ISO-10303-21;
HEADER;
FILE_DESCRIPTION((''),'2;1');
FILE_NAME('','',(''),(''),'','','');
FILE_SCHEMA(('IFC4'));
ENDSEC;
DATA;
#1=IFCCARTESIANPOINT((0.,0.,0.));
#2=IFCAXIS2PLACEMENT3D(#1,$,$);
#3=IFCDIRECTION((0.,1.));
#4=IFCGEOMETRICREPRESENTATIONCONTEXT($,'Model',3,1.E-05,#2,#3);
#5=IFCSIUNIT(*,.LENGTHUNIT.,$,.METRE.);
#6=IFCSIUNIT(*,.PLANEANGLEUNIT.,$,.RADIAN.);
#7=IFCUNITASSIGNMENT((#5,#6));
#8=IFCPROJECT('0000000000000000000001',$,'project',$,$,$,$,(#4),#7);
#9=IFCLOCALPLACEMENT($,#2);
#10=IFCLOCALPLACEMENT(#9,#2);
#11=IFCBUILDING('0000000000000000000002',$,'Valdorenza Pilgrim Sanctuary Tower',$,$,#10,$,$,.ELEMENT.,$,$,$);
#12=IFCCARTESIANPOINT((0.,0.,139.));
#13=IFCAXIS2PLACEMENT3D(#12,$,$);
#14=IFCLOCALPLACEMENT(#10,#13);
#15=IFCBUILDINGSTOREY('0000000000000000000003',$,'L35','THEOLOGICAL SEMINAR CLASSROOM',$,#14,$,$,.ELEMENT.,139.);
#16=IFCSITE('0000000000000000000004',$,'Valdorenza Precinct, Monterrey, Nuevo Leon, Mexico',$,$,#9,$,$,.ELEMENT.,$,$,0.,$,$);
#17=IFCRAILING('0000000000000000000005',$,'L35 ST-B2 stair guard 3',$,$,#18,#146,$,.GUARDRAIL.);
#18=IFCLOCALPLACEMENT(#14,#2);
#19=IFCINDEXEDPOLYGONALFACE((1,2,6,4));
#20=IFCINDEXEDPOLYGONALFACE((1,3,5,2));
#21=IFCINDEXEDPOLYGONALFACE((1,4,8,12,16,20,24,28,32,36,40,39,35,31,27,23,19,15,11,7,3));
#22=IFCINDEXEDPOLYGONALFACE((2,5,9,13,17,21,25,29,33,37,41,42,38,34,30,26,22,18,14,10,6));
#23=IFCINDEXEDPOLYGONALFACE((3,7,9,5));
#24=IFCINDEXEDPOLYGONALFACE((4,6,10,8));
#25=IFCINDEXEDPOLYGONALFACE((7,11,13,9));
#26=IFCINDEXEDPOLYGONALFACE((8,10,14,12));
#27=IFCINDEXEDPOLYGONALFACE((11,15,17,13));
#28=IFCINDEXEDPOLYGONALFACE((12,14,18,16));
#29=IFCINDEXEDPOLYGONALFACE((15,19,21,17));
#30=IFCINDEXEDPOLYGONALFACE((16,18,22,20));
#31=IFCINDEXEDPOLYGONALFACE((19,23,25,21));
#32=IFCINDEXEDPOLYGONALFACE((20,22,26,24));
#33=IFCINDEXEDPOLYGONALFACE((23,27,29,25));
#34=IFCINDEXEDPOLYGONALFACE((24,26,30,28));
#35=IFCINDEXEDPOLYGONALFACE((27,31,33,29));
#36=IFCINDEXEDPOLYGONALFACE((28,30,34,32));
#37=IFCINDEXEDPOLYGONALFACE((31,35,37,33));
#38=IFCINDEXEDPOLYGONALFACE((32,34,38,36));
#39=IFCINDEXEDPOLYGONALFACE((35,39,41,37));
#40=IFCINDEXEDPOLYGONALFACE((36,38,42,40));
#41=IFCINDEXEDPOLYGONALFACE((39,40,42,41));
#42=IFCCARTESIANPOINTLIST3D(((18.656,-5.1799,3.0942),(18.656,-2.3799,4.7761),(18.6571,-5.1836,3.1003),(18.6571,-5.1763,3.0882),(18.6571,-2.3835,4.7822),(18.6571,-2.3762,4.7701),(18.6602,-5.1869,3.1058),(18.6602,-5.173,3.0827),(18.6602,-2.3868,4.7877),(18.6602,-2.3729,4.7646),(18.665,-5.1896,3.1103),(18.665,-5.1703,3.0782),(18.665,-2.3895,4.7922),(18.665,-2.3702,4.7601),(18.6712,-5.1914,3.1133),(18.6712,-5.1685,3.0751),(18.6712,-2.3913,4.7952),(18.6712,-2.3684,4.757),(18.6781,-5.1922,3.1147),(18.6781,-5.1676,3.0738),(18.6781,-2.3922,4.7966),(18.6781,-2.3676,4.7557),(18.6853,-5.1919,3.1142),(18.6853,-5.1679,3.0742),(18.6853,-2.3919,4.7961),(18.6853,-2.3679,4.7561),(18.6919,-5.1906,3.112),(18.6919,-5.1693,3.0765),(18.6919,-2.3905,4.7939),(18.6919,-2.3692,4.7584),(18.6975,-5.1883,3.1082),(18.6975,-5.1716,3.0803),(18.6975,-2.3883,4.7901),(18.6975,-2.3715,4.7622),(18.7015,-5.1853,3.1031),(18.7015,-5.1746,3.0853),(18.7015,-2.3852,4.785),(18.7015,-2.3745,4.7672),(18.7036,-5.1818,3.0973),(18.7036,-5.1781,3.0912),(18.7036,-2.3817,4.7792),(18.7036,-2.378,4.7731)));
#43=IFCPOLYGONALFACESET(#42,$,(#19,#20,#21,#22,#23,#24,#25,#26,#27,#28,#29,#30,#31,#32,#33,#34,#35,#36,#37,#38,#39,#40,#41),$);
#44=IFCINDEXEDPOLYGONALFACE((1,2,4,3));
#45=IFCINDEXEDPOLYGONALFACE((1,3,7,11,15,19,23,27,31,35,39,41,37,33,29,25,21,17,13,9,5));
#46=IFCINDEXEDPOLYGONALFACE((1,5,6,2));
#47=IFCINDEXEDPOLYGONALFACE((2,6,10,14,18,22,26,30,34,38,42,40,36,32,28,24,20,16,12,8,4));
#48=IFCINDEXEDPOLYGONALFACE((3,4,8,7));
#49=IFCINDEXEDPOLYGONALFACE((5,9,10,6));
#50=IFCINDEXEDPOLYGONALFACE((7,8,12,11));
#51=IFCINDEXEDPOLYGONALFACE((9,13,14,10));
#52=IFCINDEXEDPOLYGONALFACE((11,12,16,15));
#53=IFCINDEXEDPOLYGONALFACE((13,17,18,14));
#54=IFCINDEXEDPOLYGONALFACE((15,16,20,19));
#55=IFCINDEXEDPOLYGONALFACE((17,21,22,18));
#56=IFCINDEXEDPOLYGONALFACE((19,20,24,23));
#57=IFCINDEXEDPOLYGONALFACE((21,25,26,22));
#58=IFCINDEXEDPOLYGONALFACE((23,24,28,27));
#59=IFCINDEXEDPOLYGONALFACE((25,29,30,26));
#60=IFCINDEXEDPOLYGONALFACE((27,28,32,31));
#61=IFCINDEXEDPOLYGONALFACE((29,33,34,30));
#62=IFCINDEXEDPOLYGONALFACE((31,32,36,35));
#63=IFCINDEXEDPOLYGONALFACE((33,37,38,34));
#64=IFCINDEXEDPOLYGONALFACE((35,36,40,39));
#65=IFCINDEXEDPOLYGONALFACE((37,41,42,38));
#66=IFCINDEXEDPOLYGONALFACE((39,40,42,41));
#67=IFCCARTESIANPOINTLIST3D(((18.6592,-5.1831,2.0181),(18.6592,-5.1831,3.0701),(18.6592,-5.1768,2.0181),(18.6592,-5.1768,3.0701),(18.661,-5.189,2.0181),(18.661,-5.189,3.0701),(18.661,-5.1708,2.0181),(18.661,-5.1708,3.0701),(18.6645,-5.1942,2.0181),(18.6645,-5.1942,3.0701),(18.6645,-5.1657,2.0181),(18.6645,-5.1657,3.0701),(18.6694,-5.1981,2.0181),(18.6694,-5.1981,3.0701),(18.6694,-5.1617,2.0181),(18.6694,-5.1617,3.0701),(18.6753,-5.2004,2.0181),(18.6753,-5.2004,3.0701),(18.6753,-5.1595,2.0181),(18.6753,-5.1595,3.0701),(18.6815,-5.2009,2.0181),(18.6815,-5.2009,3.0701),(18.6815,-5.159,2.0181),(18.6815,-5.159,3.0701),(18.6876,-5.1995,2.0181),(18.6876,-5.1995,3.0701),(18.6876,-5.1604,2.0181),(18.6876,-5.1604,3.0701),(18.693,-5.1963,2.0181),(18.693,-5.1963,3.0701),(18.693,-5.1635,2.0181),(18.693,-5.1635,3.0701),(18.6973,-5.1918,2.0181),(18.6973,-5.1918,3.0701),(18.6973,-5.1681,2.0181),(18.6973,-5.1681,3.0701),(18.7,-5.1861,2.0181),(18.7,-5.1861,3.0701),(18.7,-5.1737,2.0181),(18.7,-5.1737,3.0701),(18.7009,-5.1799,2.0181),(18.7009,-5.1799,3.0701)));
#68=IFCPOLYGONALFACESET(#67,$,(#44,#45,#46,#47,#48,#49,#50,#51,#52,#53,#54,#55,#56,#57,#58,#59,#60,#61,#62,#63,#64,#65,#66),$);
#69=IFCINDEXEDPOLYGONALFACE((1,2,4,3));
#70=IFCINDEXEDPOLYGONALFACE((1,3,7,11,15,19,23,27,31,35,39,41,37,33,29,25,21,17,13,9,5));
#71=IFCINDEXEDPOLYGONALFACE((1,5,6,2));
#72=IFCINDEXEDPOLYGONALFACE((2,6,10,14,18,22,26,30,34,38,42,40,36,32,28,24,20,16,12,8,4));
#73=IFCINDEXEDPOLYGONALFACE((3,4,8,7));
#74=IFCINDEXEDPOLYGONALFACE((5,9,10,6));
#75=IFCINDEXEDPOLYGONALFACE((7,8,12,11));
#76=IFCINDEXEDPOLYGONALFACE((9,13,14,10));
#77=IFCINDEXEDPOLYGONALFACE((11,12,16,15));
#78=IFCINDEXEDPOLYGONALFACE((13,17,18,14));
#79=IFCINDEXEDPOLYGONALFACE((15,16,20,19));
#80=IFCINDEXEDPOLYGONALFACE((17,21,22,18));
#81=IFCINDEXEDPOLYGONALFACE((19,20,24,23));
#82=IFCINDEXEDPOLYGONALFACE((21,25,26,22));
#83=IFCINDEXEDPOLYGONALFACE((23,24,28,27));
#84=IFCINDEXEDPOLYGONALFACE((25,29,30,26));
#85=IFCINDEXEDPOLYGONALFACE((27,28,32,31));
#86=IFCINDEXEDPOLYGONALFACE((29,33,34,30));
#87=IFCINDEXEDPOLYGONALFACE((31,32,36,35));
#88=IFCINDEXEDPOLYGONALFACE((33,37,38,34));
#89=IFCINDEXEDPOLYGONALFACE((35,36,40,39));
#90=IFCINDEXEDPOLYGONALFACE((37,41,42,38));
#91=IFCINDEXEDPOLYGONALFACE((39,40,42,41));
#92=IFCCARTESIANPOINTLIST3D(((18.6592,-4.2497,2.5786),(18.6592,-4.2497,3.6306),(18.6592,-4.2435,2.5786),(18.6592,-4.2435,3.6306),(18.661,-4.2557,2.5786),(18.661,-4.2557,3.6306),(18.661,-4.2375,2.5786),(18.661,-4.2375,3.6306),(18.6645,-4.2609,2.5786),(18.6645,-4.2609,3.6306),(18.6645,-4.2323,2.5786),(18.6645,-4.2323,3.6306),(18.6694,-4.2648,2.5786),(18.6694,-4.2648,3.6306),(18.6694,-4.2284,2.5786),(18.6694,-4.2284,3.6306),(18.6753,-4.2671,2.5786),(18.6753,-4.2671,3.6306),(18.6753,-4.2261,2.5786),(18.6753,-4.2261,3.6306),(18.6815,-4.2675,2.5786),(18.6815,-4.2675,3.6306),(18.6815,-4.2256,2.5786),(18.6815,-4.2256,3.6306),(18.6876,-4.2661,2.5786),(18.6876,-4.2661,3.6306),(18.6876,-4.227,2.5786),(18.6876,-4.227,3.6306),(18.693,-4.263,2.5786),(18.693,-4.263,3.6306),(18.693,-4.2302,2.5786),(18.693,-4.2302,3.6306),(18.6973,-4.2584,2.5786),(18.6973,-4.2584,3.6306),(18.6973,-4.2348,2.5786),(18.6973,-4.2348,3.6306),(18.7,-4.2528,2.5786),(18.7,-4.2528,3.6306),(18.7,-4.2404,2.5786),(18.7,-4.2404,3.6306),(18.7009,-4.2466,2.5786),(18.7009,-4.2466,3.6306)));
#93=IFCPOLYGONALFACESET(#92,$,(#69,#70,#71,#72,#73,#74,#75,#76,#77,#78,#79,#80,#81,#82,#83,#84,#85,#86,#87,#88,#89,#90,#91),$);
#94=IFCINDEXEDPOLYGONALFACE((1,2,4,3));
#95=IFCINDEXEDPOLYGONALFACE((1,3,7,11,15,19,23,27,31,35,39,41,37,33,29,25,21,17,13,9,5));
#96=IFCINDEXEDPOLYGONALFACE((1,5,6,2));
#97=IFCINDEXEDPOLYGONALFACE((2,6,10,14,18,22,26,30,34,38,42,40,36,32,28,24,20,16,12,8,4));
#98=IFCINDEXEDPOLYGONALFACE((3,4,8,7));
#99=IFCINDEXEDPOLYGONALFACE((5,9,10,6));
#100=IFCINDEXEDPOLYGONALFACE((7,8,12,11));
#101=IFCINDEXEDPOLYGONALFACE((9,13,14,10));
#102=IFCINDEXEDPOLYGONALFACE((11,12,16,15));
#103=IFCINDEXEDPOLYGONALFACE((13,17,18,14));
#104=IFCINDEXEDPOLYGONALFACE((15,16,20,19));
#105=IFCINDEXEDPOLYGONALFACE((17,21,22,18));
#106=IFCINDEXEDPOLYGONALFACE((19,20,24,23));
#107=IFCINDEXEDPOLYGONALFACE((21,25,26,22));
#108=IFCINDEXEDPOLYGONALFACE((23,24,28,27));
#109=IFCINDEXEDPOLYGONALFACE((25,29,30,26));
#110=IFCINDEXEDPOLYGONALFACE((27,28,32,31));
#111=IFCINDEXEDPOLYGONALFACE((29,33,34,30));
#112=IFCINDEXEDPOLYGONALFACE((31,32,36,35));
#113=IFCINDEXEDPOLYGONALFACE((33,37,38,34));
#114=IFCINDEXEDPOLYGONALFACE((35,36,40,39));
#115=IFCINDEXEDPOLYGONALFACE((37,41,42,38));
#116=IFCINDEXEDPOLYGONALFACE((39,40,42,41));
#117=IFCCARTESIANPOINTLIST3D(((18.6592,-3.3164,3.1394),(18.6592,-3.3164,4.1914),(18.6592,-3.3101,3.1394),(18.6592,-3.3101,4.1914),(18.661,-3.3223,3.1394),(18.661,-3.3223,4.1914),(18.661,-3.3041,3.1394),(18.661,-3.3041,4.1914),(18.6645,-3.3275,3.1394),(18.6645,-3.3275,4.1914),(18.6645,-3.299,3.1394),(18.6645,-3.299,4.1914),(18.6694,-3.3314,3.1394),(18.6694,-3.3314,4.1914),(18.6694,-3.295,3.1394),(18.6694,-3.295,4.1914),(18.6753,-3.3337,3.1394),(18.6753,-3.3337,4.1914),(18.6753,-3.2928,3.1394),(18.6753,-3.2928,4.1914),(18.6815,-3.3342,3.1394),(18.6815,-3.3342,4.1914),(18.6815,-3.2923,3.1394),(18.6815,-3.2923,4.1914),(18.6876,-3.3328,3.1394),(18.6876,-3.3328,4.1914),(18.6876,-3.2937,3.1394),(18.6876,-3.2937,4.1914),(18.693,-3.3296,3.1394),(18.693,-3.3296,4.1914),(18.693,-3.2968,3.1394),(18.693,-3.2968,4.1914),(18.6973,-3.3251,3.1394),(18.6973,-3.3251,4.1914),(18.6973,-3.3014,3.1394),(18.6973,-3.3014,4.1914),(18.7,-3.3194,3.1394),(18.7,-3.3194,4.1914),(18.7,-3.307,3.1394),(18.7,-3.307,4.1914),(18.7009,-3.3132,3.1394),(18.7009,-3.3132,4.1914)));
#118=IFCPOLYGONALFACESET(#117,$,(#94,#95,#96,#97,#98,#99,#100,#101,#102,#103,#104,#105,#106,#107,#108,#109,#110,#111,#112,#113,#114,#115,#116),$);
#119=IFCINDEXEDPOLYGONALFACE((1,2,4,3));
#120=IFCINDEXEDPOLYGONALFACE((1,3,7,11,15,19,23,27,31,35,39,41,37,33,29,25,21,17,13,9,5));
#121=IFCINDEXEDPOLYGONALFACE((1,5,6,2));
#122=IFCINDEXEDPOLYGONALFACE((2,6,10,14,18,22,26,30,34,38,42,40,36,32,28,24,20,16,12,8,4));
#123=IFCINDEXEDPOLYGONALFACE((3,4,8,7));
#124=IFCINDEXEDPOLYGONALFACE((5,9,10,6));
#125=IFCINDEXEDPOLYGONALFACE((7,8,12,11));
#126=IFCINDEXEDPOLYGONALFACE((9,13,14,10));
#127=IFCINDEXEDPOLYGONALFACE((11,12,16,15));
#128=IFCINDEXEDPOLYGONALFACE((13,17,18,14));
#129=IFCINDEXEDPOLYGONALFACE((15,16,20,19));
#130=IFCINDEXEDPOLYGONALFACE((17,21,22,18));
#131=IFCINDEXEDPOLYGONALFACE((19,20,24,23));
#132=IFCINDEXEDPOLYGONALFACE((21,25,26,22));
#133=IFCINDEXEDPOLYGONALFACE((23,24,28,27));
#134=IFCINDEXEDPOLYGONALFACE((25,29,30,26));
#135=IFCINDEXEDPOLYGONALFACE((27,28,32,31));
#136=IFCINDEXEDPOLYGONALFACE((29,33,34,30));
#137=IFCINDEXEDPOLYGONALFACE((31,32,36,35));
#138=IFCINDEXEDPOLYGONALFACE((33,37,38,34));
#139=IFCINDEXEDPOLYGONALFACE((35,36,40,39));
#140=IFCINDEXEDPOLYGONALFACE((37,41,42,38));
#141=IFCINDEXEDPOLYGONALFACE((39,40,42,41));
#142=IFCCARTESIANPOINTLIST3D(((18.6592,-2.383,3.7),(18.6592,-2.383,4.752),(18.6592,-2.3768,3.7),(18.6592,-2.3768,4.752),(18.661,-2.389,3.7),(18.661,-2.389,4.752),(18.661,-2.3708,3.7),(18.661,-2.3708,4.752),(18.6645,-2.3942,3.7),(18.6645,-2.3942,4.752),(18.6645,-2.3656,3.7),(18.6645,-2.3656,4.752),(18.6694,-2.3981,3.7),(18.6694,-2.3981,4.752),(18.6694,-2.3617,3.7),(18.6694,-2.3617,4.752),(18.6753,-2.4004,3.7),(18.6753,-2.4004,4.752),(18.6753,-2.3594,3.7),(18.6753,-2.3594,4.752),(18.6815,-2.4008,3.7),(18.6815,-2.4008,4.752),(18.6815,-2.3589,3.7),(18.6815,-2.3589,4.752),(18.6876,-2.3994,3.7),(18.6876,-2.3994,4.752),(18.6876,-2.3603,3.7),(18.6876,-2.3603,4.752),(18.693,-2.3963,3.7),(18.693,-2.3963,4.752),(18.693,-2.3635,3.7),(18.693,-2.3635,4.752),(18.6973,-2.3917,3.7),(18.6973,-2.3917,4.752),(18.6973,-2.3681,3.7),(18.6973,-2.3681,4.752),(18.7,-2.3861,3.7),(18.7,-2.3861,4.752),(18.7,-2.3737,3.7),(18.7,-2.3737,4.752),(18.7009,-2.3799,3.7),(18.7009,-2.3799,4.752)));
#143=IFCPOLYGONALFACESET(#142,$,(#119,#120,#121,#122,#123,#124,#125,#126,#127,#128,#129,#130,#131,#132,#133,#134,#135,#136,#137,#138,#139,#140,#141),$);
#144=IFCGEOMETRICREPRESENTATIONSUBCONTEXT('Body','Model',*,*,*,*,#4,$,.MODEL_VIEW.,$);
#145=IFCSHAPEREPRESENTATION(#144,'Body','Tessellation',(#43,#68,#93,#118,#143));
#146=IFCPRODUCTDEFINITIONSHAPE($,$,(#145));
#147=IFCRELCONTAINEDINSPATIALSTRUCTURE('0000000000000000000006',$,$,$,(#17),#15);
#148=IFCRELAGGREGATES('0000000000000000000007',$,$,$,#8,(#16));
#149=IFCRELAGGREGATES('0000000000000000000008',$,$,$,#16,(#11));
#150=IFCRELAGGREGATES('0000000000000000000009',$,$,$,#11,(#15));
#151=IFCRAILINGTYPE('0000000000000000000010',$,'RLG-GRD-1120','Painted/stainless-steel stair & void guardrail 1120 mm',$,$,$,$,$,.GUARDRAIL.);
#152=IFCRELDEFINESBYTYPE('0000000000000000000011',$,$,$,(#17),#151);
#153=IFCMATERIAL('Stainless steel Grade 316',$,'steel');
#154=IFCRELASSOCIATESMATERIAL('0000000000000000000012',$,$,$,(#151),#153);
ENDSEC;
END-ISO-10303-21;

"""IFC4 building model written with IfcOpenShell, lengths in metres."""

from ifc_helpers import new_model, si_unit, direction, frame, origin, origin_2d, place, context, subcontext, project, spatial, circle, extrude, material, type_object, element, save


model = new_model("IFC4")

# Units and contexts
model_context = context("Model", 3, precision=1e-05, world=origin(), true_north=direction((0.0, 1.0)))
body_context = subcontext(model_context, "Body", "Model", "MODEL_VIEW")
ifc_project = project(units=[si_unit("LENGTHUNIT", "METRE"), si_unit("PLANEANGLEUNIT", "RADIAN")], contexts=[model_context])

# Site, building, storey
site_placement = place(None, origin())
site = spatial("IfcSite", under=ifc_project, at=site_placement, Name="Valdorenza Precinct, Monterrey, Nuevo Leon, Mexico", CompositionType="ELEMENT", RefElevation=0.0)
building_placement = place(site_placement, origin())
building = spatial("IfcBuilding", under=site, at=building_placement, Name="Valdorenza Pilgrim Sanctuary Tower", CompositionType="ELEMENT")
storey_placement = place(building_placement, frame((0.0, 0.0, 139.0)))
storey = spatial("IfcBuildingStorey", under=building, at=storey_placement, Name="L35", Description="THEOLOGICAL SEMINAR CLASSROOM", CompositionType="ELEMENT", Elevation=139.0)

# Railing
ifc_material_1 = material(Name="Stainless steel Grade 316", Category="steel")
railing_type_1 = type_object("IfcRailingType", Name="RLG-GRD-1120", Description="Painted/stainless-steel stair & void guardrail 1120 mm", PredefinedType="GUARDRAIL", material=ifc_material_1)
railing_1_placement = place(storey_placement, frame((18.6799, -5.1799, 2.0181)))
element("IfcRailing", 1, at=railing_1_placement, inside=storey, type_object=railing_type_1, Name="L35 ST-B2 stair guard 3", PredefinedType="GUARDRAIL", context=body_context, shape_type="SweptSolid", body=[
    extrude(circle(Radius=0.0239, at=origin_2d()), frame((0.0, 0.0, 1.0762), z_axis=(0.0, 0.857242, 0.514913), x_axis=(-1.0, 0.0, 0.0)), (0.0, 0.0, 1.0), 3.2664),
    extrude(circle(Radius=0.021, at=origin_2d()), origin(), (0.0, 0.0, 1.0), 1.052),
    extrude(circle(Radius=0.021, at=origin_2d()), frame((0.0, 0.9333, 0.5605)), (0.0, 0.0, 1.0), 1.052),
    extrude(circle(Radius=0.021, at=origin_2d()), frame((0.0, 1.8667, 1.1213)), (0.0, 0.0, 1.0), 1.052),
    extrude(circle(Radius=0.021, at=origin_2d()), frame((0.0, 2.8, 1.6819)), (0.0, 0.0, 1.0), 1.052),
])

save(model, "model.ifc")
